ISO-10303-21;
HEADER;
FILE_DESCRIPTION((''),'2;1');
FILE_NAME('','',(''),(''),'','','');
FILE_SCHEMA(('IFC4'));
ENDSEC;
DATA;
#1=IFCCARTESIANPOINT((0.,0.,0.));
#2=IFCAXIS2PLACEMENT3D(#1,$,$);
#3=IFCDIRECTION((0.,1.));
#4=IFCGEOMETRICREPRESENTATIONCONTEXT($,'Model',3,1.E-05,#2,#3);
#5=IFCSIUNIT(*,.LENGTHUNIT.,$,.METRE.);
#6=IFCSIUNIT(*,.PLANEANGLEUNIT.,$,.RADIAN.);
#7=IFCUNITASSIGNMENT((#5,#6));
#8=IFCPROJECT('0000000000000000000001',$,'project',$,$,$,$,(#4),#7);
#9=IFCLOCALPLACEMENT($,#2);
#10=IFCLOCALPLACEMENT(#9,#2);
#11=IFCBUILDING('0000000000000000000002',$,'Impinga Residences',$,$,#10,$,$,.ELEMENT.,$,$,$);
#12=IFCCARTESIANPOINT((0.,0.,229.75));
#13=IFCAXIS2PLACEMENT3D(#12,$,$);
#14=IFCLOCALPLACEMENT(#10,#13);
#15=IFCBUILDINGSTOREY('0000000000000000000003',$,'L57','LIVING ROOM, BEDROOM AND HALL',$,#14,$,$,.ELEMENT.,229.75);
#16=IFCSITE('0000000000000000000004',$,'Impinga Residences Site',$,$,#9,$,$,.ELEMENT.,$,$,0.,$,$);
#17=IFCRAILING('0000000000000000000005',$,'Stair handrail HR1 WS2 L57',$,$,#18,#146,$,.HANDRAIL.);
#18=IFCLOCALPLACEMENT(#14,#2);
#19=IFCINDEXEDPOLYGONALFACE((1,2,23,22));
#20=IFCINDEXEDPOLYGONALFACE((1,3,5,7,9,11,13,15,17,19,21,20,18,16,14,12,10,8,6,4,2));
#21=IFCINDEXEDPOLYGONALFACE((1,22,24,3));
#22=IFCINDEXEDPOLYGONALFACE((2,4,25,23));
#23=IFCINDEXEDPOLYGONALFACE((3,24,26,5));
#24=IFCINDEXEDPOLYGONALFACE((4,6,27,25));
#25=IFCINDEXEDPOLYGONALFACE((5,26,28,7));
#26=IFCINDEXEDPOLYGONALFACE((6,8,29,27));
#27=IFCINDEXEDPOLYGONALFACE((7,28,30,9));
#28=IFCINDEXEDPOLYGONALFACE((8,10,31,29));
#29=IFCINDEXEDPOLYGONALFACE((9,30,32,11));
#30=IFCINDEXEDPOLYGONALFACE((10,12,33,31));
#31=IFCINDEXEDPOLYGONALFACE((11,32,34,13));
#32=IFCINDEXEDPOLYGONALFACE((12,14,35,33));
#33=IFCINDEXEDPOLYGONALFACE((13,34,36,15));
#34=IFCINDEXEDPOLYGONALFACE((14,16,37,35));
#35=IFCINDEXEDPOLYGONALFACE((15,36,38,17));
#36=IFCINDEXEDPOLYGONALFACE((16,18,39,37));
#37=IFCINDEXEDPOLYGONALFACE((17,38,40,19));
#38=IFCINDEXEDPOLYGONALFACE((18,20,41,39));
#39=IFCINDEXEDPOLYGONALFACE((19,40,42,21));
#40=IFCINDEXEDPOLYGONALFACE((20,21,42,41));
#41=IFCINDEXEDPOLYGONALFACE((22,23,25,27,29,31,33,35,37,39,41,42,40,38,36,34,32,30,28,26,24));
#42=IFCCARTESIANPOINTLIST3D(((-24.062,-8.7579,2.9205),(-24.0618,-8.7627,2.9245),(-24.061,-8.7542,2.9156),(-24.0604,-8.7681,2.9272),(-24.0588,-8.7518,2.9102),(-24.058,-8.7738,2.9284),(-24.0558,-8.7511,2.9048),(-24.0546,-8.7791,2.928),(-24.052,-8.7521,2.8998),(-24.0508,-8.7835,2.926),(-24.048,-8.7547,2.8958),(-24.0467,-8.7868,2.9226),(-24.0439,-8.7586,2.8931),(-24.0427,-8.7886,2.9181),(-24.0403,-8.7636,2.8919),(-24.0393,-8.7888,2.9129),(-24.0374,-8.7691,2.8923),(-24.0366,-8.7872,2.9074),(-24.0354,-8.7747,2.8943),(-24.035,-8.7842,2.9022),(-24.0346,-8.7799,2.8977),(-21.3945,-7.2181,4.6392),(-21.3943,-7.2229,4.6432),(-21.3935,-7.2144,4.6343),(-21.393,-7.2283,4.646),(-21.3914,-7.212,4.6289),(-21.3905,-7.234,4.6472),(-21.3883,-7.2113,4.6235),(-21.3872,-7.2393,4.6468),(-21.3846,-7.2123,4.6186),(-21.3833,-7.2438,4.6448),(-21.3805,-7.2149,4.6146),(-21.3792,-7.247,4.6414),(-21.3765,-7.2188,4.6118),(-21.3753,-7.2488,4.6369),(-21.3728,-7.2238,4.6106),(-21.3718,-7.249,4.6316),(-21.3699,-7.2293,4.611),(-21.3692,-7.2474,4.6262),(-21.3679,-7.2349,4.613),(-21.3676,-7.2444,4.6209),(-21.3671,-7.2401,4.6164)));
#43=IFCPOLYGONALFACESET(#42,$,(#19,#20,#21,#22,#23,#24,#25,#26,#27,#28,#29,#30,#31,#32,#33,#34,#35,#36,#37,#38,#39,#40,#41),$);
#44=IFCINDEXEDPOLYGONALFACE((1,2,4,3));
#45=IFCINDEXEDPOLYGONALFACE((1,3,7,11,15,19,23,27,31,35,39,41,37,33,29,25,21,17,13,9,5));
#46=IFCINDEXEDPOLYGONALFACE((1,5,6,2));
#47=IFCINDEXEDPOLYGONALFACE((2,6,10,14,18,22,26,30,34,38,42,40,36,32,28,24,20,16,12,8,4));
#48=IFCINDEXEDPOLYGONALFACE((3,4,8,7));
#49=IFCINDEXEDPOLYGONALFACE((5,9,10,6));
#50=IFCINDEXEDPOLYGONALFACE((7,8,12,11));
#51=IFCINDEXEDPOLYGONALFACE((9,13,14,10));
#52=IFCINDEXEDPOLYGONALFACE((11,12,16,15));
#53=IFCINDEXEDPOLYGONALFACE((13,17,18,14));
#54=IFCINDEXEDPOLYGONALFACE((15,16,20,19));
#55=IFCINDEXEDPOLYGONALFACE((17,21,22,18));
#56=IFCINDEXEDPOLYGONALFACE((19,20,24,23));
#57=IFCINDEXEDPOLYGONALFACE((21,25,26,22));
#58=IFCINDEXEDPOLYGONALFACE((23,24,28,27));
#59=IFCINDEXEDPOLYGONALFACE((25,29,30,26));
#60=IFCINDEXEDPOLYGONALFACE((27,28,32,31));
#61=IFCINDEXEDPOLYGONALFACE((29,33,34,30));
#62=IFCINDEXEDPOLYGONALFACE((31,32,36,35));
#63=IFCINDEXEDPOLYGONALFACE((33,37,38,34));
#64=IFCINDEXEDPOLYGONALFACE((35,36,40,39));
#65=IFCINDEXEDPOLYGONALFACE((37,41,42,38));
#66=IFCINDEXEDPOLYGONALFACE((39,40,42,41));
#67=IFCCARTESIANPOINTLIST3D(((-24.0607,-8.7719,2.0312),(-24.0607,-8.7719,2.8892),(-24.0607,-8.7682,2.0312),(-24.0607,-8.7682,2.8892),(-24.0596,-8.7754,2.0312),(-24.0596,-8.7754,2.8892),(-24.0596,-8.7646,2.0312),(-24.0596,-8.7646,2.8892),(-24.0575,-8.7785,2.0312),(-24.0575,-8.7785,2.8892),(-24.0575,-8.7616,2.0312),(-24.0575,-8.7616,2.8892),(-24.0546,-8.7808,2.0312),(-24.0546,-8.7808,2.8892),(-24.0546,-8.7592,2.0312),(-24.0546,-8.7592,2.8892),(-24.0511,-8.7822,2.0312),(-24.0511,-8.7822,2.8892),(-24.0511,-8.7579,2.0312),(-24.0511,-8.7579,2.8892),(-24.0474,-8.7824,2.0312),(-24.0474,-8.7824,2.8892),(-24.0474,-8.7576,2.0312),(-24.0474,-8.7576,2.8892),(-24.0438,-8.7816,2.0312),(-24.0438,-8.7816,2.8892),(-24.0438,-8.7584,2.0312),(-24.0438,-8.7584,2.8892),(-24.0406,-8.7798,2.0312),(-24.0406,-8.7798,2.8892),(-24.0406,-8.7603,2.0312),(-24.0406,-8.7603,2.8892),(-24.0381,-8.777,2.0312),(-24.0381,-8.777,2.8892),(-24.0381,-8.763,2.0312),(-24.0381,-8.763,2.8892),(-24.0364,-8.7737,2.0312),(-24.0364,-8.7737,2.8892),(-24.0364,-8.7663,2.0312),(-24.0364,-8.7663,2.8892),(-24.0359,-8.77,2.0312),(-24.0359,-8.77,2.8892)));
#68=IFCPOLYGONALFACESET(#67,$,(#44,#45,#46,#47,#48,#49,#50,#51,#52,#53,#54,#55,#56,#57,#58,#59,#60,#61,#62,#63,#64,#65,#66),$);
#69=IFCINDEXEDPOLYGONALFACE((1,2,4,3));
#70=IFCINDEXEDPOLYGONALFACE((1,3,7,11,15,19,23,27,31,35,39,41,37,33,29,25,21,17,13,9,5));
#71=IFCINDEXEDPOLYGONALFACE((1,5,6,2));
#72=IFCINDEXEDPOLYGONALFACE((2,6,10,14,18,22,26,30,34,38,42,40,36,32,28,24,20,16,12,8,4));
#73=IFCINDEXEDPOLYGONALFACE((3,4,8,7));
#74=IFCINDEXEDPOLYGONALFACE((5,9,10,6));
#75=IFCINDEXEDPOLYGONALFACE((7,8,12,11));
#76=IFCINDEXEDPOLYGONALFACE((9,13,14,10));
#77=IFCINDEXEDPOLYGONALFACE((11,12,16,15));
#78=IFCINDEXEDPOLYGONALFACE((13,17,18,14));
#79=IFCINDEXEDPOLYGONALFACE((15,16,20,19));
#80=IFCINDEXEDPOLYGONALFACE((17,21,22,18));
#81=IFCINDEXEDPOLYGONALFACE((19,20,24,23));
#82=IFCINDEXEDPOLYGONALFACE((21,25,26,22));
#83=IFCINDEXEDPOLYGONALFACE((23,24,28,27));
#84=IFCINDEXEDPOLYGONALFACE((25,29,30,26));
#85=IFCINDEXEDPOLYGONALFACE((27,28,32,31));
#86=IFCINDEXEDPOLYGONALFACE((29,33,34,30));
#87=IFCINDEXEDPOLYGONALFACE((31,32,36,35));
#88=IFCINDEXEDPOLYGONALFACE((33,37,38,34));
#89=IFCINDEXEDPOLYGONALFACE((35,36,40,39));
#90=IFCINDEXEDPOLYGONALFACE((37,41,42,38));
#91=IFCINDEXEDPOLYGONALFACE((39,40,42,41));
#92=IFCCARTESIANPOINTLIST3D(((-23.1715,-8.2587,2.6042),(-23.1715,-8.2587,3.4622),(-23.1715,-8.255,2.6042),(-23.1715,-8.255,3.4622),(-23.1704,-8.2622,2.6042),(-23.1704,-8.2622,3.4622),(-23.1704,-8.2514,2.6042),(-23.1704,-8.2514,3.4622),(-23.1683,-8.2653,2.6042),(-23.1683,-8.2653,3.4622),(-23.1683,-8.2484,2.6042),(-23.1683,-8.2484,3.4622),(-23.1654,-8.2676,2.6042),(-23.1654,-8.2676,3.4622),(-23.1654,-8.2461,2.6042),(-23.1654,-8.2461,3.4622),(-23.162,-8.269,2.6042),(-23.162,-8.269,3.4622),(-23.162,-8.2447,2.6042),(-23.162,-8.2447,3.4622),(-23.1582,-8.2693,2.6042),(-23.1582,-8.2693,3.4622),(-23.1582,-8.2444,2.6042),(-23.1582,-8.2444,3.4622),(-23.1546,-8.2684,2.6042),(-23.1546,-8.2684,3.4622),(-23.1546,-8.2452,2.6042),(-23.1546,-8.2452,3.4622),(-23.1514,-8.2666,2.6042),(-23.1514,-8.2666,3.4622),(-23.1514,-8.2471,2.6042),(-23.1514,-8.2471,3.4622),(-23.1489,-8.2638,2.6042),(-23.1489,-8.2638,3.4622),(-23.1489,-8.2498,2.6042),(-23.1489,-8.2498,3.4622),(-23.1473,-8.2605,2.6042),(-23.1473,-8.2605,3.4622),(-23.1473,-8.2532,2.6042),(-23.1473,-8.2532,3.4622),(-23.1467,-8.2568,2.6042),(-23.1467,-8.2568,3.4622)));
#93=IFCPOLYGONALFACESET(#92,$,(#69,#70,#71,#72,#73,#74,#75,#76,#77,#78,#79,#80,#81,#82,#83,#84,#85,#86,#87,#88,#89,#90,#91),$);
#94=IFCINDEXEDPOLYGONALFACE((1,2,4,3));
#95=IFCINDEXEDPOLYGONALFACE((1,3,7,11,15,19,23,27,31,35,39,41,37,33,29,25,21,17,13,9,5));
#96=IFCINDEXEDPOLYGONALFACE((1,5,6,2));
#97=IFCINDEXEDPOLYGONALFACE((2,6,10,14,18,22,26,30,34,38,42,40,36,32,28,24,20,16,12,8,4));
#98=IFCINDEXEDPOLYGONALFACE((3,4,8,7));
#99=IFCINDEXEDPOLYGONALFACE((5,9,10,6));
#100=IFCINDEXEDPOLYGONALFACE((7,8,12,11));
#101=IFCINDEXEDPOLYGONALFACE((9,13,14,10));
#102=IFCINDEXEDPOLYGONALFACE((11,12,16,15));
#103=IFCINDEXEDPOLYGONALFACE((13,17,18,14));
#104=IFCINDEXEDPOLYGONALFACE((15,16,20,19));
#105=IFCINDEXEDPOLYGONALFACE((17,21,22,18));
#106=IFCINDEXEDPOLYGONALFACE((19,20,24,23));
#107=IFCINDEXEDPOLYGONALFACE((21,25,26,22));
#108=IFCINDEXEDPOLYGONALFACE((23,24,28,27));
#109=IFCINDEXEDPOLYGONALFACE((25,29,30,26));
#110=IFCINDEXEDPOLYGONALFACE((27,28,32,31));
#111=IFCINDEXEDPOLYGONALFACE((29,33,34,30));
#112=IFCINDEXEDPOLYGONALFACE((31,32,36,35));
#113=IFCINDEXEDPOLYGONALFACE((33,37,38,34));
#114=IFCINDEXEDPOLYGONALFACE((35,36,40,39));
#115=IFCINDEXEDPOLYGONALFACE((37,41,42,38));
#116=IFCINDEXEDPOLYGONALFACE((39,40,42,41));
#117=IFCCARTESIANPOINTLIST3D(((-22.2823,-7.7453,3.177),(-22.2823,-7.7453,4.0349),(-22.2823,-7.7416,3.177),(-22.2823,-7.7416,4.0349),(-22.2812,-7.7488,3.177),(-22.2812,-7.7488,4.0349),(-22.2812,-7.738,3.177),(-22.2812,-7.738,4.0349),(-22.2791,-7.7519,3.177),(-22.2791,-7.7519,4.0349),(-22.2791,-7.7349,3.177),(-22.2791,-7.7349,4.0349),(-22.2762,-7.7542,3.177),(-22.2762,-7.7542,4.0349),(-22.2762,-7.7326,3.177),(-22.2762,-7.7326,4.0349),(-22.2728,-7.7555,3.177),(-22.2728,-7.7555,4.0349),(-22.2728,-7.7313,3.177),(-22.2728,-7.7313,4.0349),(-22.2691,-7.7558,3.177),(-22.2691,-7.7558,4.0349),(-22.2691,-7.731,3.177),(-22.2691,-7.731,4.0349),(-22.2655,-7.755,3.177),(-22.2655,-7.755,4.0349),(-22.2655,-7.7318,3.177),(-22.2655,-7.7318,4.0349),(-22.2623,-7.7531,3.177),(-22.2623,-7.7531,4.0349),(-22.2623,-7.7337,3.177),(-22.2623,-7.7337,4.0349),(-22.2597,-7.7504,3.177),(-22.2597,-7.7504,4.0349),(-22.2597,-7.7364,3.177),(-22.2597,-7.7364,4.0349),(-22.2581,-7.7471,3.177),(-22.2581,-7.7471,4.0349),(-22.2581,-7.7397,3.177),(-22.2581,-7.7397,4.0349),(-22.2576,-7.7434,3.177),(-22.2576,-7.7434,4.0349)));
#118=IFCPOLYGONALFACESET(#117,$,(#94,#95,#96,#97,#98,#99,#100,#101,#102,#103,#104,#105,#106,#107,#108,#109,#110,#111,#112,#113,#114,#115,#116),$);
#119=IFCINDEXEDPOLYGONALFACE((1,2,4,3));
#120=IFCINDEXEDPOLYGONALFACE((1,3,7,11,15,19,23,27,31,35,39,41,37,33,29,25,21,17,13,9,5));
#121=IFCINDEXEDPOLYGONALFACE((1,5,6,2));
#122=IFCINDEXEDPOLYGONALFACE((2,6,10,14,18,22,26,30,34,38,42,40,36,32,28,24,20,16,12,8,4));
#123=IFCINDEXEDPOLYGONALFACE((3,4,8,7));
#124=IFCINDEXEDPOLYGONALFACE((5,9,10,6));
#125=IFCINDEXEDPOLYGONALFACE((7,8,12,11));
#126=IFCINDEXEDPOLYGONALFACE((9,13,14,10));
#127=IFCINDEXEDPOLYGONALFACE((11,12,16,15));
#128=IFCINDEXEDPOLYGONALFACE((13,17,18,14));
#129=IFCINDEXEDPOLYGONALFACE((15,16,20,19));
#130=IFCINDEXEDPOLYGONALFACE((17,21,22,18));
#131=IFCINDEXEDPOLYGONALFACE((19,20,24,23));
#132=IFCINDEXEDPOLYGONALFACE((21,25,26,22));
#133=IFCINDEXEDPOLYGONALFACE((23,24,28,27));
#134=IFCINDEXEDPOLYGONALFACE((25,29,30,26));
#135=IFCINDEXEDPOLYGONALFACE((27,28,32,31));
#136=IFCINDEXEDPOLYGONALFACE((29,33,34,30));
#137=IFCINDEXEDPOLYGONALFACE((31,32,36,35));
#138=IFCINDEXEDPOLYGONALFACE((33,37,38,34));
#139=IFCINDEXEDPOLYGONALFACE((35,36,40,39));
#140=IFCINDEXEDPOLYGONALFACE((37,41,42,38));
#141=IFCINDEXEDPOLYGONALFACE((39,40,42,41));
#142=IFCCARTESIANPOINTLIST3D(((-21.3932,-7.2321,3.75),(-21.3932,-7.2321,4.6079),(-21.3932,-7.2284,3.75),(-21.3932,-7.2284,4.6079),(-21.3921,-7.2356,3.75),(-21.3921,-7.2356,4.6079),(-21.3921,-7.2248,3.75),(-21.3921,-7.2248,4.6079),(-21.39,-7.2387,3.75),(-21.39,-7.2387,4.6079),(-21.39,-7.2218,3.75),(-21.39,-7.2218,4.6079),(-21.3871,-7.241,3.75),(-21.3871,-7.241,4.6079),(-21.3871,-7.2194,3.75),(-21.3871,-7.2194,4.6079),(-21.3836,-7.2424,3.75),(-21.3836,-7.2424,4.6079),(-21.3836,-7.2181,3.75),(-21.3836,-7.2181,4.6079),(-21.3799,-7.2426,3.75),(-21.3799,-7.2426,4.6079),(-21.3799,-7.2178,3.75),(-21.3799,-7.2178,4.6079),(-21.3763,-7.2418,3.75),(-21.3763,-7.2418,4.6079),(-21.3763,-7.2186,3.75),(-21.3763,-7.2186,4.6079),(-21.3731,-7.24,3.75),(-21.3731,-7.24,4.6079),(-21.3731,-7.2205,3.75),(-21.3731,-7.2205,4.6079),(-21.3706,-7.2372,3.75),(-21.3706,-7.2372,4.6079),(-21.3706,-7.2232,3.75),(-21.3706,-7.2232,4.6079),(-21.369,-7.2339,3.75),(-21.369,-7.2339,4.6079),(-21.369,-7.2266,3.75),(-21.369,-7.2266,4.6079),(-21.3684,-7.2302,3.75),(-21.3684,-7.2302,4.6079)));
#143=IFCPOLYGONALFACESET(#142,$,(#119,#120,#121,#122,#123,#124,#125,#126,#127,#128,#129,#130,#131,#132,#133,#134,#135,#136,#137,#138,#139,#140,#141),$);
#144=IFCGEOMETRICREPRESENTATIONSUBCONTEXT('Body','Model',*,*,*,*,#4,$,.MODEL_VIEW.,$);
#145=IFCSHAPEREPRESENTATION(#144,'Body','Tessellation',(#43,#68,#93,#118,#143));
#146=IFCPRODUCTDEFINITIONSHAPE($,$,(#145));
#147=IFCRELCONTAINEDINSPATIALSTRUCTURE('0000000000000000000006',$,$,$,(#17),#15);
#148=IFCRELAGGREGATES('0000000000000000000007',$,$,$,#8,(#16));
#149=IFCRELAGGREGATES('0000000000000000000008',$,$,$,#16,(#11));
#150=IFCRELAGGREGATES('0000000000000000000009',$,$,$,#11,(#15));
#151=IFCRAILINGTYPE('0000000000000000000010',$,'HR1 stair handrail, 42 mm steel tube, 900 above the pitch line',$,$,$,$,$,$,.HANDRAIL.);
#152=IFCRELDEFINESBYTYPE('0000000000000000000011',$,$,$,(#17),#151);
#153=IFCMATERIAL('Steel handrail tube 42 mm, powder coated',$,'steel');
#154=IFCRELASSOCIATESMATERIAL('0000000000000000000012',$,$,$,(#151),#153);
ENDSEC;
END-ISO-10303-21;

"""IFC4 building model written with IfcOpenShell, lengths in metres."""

from ifc_helpers import new_model, si_unit, direction, frame, origin, origin_2d, place, context, subcontext, project, spatial, circle, extrude, material, type_object, element, save


model = new_model("IFC4")

# Units and contexts
model_context = context("Model", 3, precision=1e-05, world=origin(), true_north=direction((0.0, 1.0)))
body_context = subcontext(model_context, "Body", "Model", "MODEL_VIEW")
ifc_project = project(units=[si_unit("LENGTHUNIT", "METRE"), si_unit("PLANEANGLEUNIT", "RADIAN")], contexts=[model_context])

# Site, building, storey
site_placement = place(None, origin())
site = spatial("IfcSite", under=ifc_project, at=site_placement, Name="Impinga Residences Site", CompositionType="ELEMENT", RefElevation=0.0)
building_placement = place(site_placement, origin())
building = spatial("IfcBuilding", under=site, at=building_placement, Name="Impinga Residences", CompositionType="ELEMENT")
storey_placement = place(building_placement, frame((0.0, 0.0, 229.75)))
storey = spatial("IfcBuildingStorey", under=building, at=storey_placement, Name="L57", Description="LIVING ROOM, BEDROOM AND HALL", CompositionType="ELEMENT", Elevation=229.75)

# Railing
ifc_material_1 = material(Name="Steel handrail tube 42 mm, powder coated", Category="steel")
railing_type = type_object("IfcRailingType", Name="HR1 stair handrail, 42 mm steel tube, 900 above the pitch line", PredefinedType="HANDRAIL", material=ifc_material_1)
railing_1_placement = place(storey_placement, frame((-24.0483, -8.77, 2.0312)))
element("IfcRailing", 1, at=railing_1_placement, inside=storey, type_object=railing_type, Name="Stair handrail HR1 WS2 L57", PredefinedType="HANDRAIL", context=body_context, shape_type="SweptSolid", body=[
    extrude(circle(Radius=0.021, at=origin_2d()), frame((0.0, 0.0, 0.8789), z_axis=(0.756279, 0.43656, 0.487297), x_axis=(-0.499933, 0.866064, 0.0)), (0.0, 0.0, 1.0), 3.5271),
    extrude(circle(Radius=0.0125, at=origin_2d()), origin(), (0.0, 0.0, 1.0), 0.8579),
    extrude(circle(Radius=0.0125, at=origin_2d()), frame((0.8892, 0.5132, 0.573)), (0.0, 0.0, 1.0), 0.8579),
    extrude(circle(Radius=0.0125, at=origin_2d()), frame((1.7783, 1.0266, 1.1458)), (0.0, 0.0, 1.0), 0.8579),
    extrude(circle(Radius=0.0125, at=origin_2d()), frame((2.6675, 1.5398, 1.7188)), (0.0, 0.0, 1.0), 0.8579),
])

save(model, "model.ifc")
